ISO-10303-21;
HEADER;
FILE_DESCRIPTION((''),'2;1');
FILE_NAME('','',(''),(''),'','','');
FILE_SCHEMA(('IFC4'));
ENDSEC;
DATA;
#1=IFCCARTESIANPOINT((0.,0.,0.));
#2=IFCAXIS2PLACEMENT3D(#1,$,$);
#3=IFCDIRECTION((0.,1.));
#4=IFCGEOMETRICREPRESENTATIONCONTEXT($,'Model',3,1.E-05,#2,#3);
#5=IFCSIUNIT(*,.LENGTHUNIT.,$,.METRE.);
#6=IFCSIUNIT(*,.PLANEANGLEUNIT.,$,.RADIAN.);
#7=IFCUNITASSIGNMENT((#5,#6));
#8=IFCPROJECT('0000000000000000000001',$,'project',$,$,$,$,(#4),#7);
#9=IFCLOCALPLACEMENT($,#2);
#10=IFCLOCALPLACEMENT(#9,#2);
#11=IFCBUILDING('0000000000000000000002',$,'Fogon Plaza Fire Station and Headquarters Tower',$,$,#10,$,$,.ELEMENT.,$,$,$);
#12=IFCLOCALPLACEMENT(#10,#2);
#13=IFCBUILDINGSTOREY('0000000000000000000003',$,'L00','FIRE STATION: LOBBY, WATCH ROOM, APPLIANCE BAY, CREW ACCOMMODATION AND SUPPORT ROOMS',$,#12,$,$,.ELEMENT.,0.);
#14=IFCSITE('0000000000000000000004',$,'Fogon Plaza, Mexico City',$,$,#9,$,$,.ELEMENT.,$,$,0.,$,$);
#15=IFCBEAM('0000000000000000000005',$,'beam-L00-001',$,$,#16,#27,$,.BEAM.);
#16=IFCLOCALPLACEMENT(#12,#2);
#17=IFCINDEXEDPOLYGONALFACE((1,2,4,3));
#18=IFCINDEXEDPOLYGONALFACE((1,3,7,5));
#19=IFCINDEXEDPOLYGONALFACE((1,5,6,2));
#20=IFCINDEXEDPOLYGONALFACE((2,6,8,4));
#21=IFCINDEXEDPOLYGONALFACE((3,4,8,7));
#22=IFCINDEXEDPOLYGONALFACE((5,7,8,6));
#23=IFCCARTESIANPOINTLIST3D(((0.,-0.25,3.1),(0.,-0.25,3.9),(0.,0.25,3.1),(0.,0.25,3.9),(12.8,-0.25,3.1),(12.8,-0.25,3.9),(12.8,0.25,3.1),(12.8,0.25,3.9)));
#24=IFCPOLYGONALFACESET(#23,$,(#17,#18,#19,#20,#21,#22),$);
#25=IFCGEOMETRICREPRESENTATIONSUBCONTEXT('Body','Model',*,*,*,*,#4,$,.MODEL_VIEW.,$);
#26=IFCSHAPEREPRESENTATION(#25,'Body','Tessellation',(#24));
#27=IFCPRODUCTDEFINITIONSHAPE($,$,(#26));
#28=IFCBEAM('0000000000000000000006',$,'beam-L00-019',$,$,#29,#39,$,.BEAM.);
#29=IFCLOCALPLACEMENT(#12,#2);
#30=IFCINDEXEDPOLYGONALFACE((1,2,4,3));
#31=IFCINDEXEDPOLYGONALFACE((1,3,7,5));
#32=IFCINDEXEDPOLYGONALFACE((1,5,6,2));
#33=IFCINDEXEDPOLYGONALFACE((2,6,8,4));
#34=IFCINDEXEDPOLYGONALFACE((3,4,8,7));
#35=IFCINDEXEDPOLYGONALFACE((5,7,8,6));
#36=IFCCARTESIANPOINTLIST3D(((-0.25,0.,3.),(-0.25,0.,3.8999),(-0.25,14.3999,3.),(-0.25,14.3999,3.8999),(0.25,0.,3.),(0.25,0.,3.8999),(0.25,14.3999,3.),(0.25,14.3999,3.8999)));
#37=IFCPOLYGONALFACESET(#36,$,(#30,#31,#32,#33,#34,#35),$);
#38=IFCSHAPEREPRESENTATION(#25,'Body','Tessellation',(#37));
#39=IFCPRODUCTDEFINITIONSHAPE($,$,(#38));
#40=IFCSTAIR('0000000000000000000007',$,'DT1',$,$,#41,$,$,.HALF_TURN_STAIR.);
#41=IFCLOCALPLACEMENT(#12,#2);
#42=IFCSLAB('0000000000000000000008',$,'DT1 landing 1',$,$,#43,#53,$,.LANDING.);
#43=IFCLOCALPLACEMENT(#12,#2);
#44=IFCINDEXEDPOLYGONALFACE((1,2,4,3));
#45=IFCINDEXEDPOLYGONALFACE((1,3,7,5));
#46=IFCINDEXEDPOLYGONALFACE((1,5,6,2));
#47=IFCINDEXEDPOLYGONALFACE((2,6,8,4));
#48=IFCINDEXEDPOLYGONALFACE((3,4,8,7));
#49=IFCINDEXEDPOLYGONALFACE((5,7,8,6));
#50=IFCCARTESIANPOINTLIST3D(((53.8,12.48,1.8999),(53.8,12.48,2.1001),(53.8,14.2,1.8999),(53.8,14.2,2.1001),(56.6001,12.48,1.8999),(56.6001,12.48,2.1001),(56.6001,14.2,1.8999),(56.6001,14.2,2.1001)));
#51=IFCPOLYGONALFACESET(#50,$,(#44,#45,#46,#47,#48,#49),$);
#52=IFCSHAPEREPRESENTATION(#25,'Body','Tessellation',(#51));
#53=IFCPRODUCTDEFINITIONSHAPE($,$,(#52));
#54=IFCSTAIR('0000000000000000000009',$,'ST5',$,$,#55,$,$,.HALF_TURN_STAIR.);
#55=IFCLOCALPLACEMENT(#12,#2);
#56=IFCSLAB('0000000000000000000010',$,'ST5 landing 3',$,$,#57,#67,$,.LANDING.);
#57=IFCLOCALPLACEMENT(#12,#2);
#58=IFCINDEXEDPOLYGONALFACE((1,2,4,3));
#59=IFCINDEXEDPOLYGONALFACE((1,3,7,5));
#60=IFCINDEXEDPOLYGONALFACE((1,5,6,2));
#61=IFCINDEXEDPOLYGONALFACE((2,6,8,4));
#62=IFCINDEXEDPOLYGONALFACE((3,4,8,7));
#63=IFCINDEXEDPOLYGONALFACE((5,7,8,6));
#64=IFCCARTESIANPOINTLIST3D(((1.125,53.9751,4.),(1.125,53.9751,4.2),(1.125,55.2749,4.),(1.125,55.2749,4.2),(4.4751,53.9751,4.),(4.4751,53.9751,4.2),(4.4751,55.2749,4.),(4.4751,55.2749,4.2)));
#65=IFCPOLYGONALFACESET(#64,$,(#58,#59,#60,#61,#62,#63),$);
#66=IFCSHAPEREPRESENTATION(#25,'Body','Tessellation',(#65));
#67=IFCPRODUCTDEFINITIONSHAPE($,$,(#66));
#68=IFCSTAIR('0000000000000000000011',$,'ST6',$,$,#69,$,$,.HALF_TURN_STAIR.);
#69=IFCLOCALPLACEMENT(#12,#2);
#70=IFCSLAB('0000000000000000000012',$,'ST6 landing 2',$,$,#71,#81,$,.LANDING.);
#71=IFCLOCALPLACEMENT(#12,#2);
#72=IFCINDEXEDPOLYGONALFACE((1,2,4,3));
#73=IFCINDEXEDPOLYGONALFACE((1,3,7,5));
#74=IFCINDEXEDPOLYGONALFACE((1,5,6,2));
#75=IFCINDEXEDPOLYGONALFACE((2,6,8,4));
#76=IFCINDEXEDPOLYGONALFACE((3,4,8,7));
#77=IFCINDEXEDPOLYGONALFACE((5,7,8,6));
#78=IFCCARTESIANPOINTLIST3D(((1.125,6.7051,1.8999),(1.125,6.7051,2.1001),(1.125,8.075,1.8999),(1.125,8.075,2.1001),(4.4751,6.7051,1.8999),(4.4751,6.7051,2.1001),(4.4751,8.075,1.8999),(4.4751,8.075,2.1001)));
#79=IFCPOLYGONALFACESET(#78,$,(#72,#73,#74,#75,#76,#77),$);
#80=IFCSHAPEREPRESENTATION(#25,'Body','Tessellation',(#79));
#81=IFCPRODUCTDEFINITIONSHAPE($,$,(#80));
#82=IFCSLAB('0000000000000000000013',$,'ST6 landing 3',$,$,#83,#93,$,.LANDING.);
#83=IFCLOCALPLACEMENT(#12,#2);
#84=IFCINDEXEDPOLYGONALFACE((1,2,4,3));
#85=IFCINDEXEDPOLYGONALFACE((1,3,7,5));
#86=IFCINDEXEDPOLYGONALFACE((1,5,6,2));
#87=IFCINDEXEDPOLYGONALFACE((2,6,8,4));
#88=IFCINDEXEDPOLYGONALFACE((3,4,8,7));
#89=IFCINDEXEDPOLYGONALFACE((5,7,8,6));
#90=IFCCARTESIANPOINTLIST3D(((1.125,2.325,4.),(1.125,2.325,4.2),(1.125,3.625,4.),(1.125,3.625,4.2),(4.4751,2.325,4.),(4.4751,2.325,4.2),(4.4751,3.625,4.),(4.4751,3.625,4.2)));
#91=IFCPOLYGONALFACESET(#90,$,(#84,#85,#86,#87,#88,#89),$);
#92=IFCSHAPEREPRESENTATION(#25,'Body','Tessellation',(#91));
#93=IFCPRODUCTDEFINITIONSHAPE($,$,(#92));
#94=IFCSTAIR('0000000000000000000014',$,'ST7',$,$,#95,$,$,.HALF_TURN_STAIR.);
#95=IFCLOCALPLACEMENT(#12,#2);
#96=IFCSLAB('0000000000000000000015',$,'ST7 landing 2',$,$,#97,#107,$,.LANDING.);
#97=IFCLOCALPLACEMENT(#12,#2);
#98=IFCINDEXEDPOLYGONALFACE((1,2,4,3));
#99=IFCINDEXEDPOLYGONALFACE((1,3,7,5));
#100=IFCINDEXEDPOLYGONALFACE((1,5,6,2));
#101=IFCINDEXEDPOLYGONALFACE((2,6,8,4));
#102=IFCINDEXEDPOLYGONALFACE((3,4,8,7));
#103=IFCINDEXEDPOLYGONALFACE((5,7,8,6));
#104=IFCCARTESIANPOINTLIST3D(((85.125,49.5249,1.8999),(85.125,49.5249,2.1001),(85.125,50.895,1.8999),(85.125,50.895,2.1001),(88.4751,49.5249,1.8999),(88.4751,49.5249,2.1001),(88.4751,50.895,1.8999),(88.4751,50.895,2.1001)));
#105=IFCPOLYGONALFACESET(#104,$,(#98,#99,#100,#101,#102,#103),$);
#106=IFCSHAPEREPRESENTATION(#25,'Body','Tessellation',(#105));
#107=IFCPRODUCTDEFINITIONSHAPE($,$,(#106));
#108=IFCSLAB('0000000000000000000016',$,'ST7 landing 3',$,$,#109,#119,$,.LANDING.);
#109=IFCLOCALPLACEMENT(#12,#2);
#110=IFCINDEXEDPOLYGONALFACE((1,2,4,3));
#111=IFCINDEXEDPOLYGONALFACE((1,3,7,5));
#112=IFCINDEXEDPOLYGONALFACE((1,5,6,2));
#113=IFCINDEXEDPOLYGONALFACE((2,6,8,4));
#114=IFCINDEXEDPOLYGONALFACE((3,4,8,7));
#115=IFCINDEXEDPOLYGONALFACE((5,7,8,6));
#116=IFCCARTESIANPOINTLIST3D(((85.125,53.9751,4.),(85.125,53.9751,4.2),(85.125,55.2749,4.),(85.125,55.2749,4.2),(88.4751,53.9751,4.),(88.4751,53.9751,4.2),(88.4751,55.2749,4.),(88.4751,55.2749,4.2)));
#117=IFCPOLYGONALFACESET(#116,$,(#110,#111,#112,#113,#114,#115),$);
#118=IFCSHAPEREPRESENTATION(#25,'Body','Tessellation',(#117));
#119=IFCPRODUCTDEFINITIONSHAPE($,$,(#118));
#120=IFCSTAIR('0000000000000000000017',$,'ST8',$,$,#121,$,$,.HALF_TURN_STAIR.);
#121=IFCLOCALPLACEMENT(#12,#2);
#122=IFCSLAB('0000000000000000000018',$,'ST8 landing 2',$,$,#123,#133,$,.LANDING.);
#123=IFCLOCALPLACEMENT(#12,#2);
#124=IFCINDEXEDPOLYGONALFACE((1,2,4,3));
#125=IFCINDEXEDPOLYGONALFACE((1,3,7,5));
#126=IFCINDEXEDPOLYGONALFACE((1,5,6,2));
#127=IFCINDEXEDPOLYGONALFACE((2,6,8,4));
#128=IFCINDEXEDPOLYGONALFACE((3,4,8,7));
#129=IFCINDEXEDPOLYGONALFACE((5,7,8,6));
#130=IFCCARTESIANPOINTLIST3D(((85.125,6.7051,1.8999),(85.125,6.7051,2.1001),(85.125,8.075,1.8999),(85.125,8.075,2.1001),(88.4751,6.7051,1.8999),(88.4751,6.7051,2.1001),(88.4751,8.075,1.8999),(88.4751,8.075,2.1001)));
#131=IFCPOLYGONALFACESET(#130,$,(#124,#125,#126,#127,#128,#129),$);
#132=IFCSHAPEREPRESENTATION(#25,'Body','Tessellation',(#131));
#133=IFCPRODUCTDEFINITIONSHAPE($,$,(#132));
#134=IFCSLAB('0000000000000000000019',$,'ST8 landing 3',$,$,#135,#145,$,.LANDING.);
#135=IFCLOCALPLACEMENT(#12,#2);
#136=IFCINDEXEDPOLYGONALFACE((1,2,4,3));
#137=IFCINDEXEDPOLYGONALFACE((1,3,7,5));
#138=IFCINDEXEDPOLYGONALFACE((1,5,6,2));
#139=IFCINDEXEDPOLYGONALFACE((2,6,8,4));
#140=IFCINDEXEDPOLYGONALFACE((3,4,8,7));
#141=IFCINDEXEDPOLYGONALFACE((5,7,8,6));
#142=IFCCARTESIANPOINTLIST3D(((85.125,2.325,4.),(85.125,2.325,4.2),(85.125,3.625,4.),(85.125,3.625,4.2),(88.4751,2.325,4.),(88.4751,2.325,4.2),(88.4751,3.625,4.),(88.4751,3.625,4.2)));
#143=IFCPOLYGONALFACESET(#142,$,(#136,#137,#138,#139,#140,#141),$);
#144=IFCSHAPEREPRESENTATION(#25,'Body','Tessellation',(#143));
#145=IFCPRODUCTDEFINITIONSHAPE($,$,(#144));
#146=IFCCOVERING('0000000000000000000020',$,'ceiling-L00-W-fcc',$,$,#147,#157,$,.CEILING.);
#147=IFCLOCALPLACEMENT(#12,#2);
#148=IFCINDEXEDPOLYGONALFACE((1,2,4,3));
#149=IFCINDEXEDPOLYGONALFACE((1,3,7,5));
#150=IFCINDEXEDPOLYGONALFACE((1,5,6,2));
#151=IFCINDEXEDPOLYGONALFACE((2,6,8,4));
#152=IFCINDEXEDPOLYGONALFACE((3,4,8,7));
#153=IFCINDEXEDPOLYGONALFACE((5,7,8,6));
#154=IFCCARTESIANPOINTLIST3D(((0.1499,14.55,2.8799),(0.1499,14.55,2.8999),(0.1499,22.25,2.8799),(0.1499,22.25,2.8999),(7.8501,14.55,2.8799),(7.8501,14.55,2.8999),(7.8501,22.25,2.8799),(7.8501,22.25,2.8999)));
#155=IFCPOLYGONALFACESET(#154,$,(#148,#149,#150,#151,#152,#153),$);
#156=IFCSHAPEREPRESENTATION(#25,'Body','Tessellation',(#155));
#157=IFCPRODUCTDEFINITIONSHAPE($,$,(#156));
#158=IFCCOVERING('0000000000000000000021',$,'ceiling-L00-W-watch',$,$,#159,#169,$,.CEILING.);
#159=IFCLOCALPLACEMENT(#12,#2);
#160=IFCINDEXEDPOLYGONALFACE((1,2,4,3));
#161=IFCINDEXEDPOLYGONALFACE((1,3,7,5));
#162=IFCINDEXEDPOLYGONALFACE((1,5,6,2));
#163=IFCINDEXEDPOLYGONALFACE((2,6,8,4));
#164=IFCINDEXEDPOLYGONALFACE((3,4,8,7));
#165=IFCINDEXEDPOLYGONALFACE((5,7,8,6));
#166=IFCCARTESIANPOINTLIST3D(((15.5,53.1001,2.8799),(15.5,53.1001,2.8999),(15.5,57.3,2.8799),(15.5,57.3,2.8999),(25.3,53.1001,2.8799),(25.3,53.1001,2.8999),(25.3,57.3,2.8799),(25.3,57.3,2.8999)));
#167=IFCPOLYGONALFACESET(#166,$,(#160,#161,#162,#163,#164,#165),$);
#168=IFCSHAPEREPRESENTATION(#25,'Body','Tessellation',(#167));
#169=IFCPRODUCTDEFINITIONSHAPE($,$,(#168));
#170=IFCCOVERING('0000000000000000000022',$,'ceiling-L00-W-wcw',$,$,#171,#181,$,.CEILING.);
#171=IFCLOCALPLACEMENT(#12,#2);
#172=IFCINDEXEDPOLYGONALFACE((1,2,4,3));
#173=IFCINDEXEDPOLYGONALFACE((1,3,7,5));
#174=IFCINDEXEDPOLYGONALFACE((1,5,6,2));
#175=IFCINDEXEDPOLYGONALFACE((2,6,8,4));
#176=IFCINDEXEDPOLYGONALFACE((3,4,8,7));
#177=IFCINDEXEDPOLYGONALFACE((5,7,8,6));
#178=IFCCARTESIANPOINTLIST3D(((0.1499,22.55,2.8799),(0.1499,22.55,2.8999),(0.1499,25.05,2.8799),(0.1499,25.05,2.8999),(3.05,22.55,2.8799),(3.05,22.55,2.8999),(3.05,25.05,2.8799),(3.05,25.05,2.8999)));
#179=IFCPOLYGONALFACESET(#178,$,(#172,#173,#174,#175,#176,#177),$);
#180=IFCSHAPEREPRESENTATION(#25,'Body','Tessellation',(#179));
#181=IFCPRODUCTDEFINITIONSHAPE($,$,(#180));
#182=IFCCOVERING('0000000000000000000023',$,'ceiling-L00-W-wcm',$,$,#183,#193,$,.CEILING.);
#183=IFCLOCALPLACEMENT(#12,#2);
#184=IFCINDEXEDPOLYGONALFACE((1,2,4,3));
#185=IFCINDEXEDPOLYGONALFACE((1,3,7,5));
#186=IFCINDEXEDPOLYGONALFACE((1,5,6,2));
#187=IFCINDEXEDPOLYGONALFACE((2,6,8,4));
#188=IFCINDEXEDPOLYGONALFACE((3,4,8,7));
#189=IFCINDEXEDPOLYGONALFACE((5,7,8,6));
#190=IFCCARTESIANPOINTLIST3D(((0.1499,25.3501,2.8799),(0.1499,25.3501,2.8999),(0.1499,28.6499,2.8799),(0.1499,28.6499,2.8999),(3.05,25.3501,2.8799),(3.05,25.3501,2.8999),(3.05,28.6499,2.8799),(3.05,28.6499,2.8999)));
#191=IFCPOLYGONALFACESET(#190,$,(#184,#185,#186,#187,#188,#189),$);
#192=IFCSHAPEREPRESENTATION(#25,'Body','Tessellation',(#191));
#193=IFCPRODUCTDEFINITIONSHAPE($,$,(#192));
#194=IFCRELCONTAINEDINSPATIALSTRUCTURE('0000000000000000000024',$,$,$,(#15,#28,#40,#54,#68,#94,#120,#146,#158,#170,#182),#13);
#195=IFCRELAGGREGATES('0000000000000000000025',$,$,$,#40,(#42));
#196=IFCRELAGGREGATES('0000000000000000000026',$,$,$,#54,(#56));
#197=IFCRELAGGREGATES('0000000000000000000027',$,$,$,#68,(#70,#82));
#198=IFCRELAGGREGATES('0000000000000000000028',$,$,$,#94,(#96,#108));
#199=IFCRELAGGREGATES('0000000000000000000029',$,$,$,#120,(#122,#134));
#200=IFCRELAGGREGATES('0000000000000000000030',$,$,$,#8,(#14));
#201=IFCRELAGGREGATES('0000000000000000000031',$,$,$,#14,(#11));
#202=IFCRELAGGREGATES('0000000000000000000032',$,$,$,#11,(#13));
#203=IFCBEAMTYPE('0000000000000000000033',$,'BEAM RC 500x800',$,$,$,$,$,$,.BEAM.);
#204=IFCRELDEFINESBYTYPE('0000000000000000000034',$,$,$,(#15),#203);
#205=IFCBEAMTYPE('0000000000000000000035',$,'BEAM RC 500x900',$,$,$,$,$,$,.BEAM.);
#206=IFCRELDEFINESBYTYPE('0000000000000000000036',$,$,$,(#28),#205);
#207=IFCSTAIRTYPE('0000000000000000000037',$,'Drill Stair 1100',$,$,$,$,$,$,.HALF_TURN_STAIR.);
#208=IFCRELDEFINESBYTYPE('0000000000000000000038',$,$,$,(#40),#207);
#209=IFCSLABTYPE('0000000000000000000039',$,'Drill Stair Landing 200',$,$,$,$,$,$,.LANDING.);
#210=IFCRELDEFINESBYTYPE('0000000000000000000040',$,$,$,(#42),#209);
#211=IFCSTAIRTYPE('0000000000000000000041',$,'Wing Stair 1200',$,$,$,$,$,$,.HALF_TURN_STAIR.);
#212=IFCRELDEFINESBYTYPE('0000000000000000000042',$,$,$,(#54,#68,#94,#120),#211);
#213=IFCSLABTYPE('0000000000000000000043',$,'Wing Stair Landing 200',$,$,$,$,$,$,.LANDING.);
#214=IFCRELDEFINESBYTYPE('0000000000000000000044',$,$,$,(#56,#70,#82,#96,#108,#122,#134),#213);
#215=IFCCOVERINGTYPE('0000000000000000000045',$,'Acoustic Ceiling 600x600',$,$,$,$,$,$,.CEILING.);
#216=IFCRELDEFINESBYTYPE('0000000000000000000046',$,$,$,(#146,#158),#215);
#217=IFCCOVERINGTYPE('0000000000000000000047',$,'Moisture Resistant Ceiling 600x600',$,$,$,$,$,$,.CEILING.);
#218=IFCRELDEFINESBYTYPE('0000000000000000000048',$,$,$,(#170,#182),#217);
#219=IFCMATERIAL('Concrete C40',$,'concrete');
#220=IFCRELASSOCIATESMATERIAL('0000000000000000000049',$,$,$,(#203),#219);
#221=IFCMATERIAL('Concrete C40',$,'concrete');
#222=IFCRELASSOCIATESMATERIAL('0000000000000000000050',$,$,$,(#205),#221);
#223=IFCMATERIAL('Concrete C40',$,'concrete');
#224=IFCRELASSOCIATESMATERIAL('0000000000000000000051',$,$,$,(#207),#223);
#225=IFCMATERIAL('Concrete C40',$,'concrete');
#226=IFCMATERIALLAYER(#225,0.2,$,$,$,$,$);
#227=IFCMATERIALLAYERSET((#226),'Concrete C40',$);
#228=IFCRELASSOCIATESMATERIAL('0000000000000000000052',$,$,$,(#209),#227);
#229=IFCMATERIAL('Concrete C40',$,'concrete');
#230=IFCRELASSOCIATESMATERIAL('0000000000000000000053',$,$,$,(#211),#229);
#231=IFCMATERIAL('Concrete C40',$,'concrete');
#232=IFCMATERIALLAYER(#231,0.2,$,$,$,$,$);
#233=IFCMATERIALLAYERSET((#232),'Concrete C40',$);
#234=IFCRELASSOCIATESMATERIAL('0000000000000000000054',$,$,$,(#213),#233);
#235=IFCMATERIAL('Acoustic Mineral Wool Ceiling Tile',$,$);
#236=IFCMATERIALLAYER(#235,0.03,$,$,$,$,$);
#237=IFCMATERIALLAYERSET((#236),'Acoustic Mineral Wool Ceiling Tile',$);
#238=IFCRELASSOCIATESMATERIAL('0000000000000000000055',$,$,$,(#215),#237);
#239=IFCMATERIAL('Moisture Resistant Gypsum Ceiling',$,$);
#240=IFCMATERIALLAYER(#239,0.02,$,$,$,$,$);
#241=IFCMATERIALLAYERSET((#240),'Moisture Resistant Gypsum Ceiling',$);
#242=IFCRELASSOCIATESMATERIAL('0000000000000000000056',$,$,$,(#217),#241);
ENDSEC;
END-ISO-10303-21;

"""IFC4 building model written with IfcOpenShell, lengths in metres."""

from ifc_helpers import new_model, si_unit, direction, frame, origin, origin_2d, place, context, subcontext, project, spatial, polyline, rectangle, outline, extrude, material, layer, layer_set, material_profile, profile_set, type_object, element, aggregate, save


model = new_model("IFC4")

# Units and contexts
model_context = context("Model", 3, precision=1e-05, world=origin(), true_north=direction((0.0, 1.0)))
body_context = subcontext(model_context, "Body", "Model", "MODEL_VIEW")
ifc_project = project(units=[si_unit("LENGTHUNIT", "METRE"), si_unit("PLANEANGLEUNIT", "RADIAN")], contexts=[model_context])

# Site, building, storey
site_placement = place(None, origin())
site = spatial("IfcSite", under=ifc_project, at=site_placement, Name="Fogon Plaza, Mexico City", CompositionType="ELEMENT", RefElevation=0.0)
building_placement = place(site_placement, origin())
building = spatial("IfcBuilding", under=site, at=building_placement, Name="Fogon Plaza Fire Station and Headquarters Tower", CompositionType="ELEMENT")
storey_placement = place(building_placement, origin())
storey = spatial("IfcBuildingStorey", under=building, at=storey_placement, Name="L00", Description="FIRE STATION: LOBBY, WATCH ROOM, APPLIANCE BAY, CREW ACCOMMODATION AND SUPPORT ROOMS", CompositionType="ELEMENT", Elevation=0.0)

# Beams
ifc_material_1 = material(Name="Concrete C40", Category="concrete")
ifc_material_profile_1 = material_profile(ifc_material_1, rectangle(XDim=0.5, YDim=0.8, at=origin_2d()), Name="RC 500x800")
ifc_profile_set_1 = profile_set([ifc_material_profile_1], Name="Concrete C40")
beam_type_1 = type_object("IfcBeamType", Name="BEAM RC 500x800", PredefinedType="BEAM", material=ifc_profile_set_1)
beam_1_placement = place(storey_placement, frame((0.0, 0.0, 3.5), z_axis=(1.0, 0.0, 0.0), x_axis=(0.0, 1.0, 0.0)))
element("IfcBeam", 1, at=beam_1_placement, inside=storey, type_object=beam_type_1, Name="beam-L00-001", PredefinedType="BEAM", context=body_context, shape_type="SweptSolid", body=[
    extrude(rectangle(XDim=0.5, YDim=0.8, at=origin_2d()), origin(), (0.0, 0.0, 1.0), 12.8),
])
ifc_material_2 = material(Name="Concrete C40", Category="concrete")
ifc_material_profile_2 = material_profile(ifc_material_2, rectangle(XDim=0.5, YDim=0.8999, at=origin_2d()), Name="RC 500x900")
ifc_profile_set_2 = profile_set([ifc_material_profile_2], Name="Concrete C40")
beam_type_2 = type_object("IfcBeamType", Name="BEAM RC 500x900", PredefinedType="BEAM", material=ifc_profile_set_2)
beam_2_placement = place(storey_placement, frame((0.0, 0.0, 3.45), z_axis=(0.0, 1.0, 0.0), x_axis=(-1.0, 0.0, 0.0)))
element("IfcBeam", 2, at=beam_2_placement, inside=storey, type_object=beam_type_2, Name="beam-L00-019", PredefinedType="BEAM", context=body_context, shape_type="SweptSolid", body=[
    extrude(rectangle(XDim=0.5, YDim=0.8999, at=origin_2d()), origin(), (0.0, 0.0, 1.0), 14.3999),
])

# Stairs, slabs
ifc_material_3 = material(Name="Concrete C40", Category="concrete")
stair_type_1 = type_object("IfcStairType", Name="Drill Stair 1100", PredefinedType="HALF_TURN_STAIR", material=ifc_material_3)
stair_1_placement = place(storey_placement, origin())
stair_1 = element("IfcStair", 3, at=stair_1_placement, inside=storey, type_object=stair_type_1, Name="DT1", PredefinedType="HALF_TURN_STAIR")
ifc_material_4 = material(Name="Concrete C40", Category="concrete")
ifc_layer_1 = layer(ifc_material_4, 0.2)
ifc_layer_set_1 = layer_set([ifc_layer_1], Name="Concrete C40")
slab_type_1 = type_object("IfcSlabType", Name="Drill Stair Landing 200", PredefinedType="LANDING", material=ifc_layer_set_1)
slab_1_placement = place(storey_placement, frame((0.0, 0.0, 1.8999)))
slab_1 = element("IfcSlab", 4, at=slab_1_placement, type_object=slab_type_1, Name="DT1 landing 1", PredefinedType="LANDING", context=body_context, shape_type="SweptSolid", body=[
    extrude(outline(polyline([(53.8, 12.48), (56.6001, 12.48), (56.6001, 14.2), (53.8, 14.2), (53.8, 12.48)])), origin(), (0.0, 0.0, 1.0), 0.2002),
])
aggregate(stair_1, [slab_1])
ifc_material_5 = material(Name="Concrete C40", Category="concrete")
stair_type_2 = type_object("IfcStairType", Name="Wing Stair 1200", PredefinedType="HALF_TURN_STAIR", material=ifc_material_5)
stair_2_placement = place(storey_placement, origin())
stair_2 = element("IfcStair", 5, at=stair_2_placement, inside=storey, type_object=stair_type_2, Name="ST5", PredefinedType="HALF_TURN_STAIR")
ifc_material_6 = material(Name="Concrete C40", Category="concrete")
ifc_layer_2 = layer(ifc_material_6, 0.2)
ifc_layer_set_2 = layer_set([ifc_layer_2], Name="Concrete C40")
slab_type_2 = type_object("IfcSlabType", Name="Wing Stair Landing 200", PredefinedType="LANDING", material=ifc_layer_set_2)
slab_2_placement = place(storey_placement, frame((0.0, 0.0, 4.0)))
slab_2 = element("IfcSlab", 6, at=slab_2_placement, type_object=slab_type_2, Name="ST5 landing 3", PredefinedType="LANDING", context=body_context, shape_type="SweptSolid", body=[
    extrude(outline(polyline([(1.125, 53.9751), (4.4751, 53.9751), (4.4751, 55.2749), (1.125, 55.2749), (1.125, 53.9751)])), origin(), (0.0, 0.0, 1.0), 0.2),
])
aggregate(stair_2, [slab_2])

# Stairs, slabs
stair_3_placement = place(storey_placement, origin())
stair_3 = element("IfcStair", 7, at=stair_3_placement, inside=storey, type_object=stair_type_2, Name="ST6", PredefinedType="HALF_TURN_STAIR")
slab_3_placement = place(storey_placement, frame((0.0, 0.0, 1.8999)))
slab_3 = element("IfcSlab", 8, at=slab_3_placement, type_object=slab_type_2, Name="ST6 landing 2", PredefinedType="LANDING", context=body_context, shape_type="SweptSolid", body=[
    extrude(outline(polyline([(1.125, 6.7051), (4.4751, 6.7051), (4.4751, 8.075), (1.125, 8.075), (1.125, 6.7051)])), origin(), (0.0, 0.0, 1.0), 0.2002),
])
slab_4_placement = place(storey_placement, frame((0.0, 0.0, 4.0)))
slab_4 = element("IfcSlab", 9, at=slab_4_placement, type_object=slab_type_2, Name="ST6 landing 3", PredefinedType="LANDING", context=body_context, shape_type="SweptSolid", body=[
    extrude(outline(polyline([(1.125, 2.325), (4.4751, 2.325), (4.4751, 3.625), (1.125, 3.625), (1.125, 2.325)])), origin(), (0.0, 0.0, 1.0), 0.2),
])
aggregate(stair_3, [slab_3, slab_4])
stair_4_placement = place(storey_placement, origin())
stair_4 = element("IfcStair", 10, at=stair_4_placement, inside=storey, type_object=stair_type_2, Name="ST7", PredefinedType="HALF_TURN_STAIR")
slab_5_placement = place(storey_placement, frame((0.0, 0.0, 1.8999)))
slab_5 = element("IfcSlab", 11, at=slab_5_placement, type_object=slab_type_2, Name="ST7 landing 2", PredefinedType="LANDING", context=body_context, shape_type="SweptSolid", body=[
    extrude(outline(polyline([(85.125, 49.5249), (88.4751, 49.5249), (88.4751, 50.895), (85.125, 50.895), (85.125, 49.5249)])), origin(), (0.0, 0.0, 1.0), 0.2002),
])
slab_6_placement = place(storey_placement, frame((0.0, 0.0, 4.0)))
slab_6 = element("IfcSlab", 12, at=slab_6_placement, type_object=slab_type_2, Name="ST7 landing 3", PredefinedType="LANDING", context=body_context, shape_type="SweptSolid", body=[
    extrude(outline(polyline([(85.125, 53.9751), (88.4751, 53.9751), (88.4751, 55.2749), (85.125, 55.2749), (85.125, 53.9751)])), origin(), (0.0, 0.0, 1.0), 0.2),
])
aggregate(stair_4, [slab_5, slab_6])
stair_5_placement = place(storey_placement, origin())
stair_5 = element("IfcStair", 13, at=stair_5_placement, inside=storey, type_object=stair_type_2, Name="ST8", PredefinedType="HALF_TURN_STAIR")
slab_7_placement = place(storey_placement, frame((0.0, 0.0, 1.8999)))
slab_7 = element("IfcSlab", 14, at=slab_7_placement, type_object=slab_type_2, Name="ST8 landing 2", PredefinedType="LANDING", context=body_context, shape_type="SweptSolid", body=[
    extrude(outline(polyline([(85.125, 6.7051), (88.4751, 6.7051), (88.4751, 8.075), (85.125, 8.075), (85.125, 6.7051)])), origin(), (0.0, 0.0, 1.0), 0.2002),
])
slab_8_placement = place(storey_placement, frame((0.0, 0.0, 4.0)))
slab_8 = element("IfcSlab", 15, at=slab_8_placement, type_object=slab_type_2, Name="ST8 landing 3", PredefinedType="LANDING", context=body_context, shape_type="SweptSolid", body=[
    extrude(outline(polyline([(85.125, 2.325), (88.4751, 2.325), (88.4751, 3.625), (85.125, 3.625), (85.125, 2.325)])), origin(), (0.0, 0.0, 1.0), 0.2),
])
aggregate(stair_5, [slab_7, slab_8])

# Coverings
ifc_material_7 = material(Name="Acoustic Mineral Wool Ceiling Tile")
ifc_layer_3 = layer(ifc_material_7, 0.03)
ifc_layer_set_3 = layer_set([ifc_layer_3], Name="Acoustic Mineral Wool Ceiling Tile")
covering_type_1 = type_object("IfcCoveringType", Name="Acoustic Ceiling 600x600", PredefinedType="CEILING", material=ifc_layer_set_3)
covering_1_placement = place(storey_placement, frame((0.0, 0.0, 2.8799)))
element("IfcCovering", 16, at=covering_1_placement, inside=storey, type_object=covering_type_1, Name="ceiling-L00-W-fcc", PredefinedType="CEILING", context=body_context, shape_type="SweptSolid", body=[
    extrude(outline(polyline([(0.1499, 14.55), (0.1499, 22.25), (7.8501, 22.25), (7.8501, 14.55), (0.1499, 14.55)])), origin(), (0.0, 0.0, 1.0), 0.02),
])
covering_2_placement = place(storey_placement, frame((0.0, 0.0, 2.8799)))
element("IfcCovering", 17, at=covering_2_placement, inside=storey, type_object=covering_type_1, Name="ceiling-L00-W-watch", PredefinedType="CEILING", context=body_context, shape_type="SweptSolid", body=[
    extrude(outline(polyline([(15.5, 53.1001), (15.5, 57.3), (25.3, 57.3), (25.3, 53.1001), (15.5, 53.1001)])), origin(), (0.0, 0.0, 1.0), 0.02),
])
ifc_material_8 = material(Name="Moisture Resistant Gypsum Ceiling")
ifc_layer_4 = layer(ifc_material_8, 0.02)
ifc_layer_set_4 = layer_set([ifc_layer_4], Name="Moisture Resistant Gypsum Ceiling")
covering_type_2 = type_object("IfcCoveringType", Name="Moisture Resistant Ceiling 600x600", PredefinedType="CEILING", material=ifc_layer_set_4)
covering_3_placement = place(storey_placement, frame((0.0, 0.0, 2.8799)))
element("IfcCovering", 18, at=covering_3_placement, inside=storey, type_object=covering_type_2, Name="ceiling-L00-W-wcw", PredefinedType="CEILING", context=body_context, shape_type="SweptSolid", body=[
    extrude(outline(polyline([(0.1499, 22.55), (0.1499, 25.05), (3.05, 25.05), (3.05, 22.55), (0.1499, 22.55)])), origin(), (0.0, 0.0, 1.0), 0.02),
])
covering_4_placement = place(storey_placement, frame((0.0, 0.0, 2.8799)))
element("IfcCovering", 19, at=covering_4_placement, inside=storey, type_object=covering_type_2, Name="ceiling-L00-W-wcm", PredefinedType="CEILING", context=body_context, shape_type="SweptSolid", body=[
    extrude(outline(polyline([(0.1499, 25.3501), (0.1499, 28.6499), (3.05, 28.6499), (3.05, 25.3501), (0.1499, 25.3501)])), origin(), (0.0, 0.0, 1.0), 0.02),
])

save(model, "model.ifc")
